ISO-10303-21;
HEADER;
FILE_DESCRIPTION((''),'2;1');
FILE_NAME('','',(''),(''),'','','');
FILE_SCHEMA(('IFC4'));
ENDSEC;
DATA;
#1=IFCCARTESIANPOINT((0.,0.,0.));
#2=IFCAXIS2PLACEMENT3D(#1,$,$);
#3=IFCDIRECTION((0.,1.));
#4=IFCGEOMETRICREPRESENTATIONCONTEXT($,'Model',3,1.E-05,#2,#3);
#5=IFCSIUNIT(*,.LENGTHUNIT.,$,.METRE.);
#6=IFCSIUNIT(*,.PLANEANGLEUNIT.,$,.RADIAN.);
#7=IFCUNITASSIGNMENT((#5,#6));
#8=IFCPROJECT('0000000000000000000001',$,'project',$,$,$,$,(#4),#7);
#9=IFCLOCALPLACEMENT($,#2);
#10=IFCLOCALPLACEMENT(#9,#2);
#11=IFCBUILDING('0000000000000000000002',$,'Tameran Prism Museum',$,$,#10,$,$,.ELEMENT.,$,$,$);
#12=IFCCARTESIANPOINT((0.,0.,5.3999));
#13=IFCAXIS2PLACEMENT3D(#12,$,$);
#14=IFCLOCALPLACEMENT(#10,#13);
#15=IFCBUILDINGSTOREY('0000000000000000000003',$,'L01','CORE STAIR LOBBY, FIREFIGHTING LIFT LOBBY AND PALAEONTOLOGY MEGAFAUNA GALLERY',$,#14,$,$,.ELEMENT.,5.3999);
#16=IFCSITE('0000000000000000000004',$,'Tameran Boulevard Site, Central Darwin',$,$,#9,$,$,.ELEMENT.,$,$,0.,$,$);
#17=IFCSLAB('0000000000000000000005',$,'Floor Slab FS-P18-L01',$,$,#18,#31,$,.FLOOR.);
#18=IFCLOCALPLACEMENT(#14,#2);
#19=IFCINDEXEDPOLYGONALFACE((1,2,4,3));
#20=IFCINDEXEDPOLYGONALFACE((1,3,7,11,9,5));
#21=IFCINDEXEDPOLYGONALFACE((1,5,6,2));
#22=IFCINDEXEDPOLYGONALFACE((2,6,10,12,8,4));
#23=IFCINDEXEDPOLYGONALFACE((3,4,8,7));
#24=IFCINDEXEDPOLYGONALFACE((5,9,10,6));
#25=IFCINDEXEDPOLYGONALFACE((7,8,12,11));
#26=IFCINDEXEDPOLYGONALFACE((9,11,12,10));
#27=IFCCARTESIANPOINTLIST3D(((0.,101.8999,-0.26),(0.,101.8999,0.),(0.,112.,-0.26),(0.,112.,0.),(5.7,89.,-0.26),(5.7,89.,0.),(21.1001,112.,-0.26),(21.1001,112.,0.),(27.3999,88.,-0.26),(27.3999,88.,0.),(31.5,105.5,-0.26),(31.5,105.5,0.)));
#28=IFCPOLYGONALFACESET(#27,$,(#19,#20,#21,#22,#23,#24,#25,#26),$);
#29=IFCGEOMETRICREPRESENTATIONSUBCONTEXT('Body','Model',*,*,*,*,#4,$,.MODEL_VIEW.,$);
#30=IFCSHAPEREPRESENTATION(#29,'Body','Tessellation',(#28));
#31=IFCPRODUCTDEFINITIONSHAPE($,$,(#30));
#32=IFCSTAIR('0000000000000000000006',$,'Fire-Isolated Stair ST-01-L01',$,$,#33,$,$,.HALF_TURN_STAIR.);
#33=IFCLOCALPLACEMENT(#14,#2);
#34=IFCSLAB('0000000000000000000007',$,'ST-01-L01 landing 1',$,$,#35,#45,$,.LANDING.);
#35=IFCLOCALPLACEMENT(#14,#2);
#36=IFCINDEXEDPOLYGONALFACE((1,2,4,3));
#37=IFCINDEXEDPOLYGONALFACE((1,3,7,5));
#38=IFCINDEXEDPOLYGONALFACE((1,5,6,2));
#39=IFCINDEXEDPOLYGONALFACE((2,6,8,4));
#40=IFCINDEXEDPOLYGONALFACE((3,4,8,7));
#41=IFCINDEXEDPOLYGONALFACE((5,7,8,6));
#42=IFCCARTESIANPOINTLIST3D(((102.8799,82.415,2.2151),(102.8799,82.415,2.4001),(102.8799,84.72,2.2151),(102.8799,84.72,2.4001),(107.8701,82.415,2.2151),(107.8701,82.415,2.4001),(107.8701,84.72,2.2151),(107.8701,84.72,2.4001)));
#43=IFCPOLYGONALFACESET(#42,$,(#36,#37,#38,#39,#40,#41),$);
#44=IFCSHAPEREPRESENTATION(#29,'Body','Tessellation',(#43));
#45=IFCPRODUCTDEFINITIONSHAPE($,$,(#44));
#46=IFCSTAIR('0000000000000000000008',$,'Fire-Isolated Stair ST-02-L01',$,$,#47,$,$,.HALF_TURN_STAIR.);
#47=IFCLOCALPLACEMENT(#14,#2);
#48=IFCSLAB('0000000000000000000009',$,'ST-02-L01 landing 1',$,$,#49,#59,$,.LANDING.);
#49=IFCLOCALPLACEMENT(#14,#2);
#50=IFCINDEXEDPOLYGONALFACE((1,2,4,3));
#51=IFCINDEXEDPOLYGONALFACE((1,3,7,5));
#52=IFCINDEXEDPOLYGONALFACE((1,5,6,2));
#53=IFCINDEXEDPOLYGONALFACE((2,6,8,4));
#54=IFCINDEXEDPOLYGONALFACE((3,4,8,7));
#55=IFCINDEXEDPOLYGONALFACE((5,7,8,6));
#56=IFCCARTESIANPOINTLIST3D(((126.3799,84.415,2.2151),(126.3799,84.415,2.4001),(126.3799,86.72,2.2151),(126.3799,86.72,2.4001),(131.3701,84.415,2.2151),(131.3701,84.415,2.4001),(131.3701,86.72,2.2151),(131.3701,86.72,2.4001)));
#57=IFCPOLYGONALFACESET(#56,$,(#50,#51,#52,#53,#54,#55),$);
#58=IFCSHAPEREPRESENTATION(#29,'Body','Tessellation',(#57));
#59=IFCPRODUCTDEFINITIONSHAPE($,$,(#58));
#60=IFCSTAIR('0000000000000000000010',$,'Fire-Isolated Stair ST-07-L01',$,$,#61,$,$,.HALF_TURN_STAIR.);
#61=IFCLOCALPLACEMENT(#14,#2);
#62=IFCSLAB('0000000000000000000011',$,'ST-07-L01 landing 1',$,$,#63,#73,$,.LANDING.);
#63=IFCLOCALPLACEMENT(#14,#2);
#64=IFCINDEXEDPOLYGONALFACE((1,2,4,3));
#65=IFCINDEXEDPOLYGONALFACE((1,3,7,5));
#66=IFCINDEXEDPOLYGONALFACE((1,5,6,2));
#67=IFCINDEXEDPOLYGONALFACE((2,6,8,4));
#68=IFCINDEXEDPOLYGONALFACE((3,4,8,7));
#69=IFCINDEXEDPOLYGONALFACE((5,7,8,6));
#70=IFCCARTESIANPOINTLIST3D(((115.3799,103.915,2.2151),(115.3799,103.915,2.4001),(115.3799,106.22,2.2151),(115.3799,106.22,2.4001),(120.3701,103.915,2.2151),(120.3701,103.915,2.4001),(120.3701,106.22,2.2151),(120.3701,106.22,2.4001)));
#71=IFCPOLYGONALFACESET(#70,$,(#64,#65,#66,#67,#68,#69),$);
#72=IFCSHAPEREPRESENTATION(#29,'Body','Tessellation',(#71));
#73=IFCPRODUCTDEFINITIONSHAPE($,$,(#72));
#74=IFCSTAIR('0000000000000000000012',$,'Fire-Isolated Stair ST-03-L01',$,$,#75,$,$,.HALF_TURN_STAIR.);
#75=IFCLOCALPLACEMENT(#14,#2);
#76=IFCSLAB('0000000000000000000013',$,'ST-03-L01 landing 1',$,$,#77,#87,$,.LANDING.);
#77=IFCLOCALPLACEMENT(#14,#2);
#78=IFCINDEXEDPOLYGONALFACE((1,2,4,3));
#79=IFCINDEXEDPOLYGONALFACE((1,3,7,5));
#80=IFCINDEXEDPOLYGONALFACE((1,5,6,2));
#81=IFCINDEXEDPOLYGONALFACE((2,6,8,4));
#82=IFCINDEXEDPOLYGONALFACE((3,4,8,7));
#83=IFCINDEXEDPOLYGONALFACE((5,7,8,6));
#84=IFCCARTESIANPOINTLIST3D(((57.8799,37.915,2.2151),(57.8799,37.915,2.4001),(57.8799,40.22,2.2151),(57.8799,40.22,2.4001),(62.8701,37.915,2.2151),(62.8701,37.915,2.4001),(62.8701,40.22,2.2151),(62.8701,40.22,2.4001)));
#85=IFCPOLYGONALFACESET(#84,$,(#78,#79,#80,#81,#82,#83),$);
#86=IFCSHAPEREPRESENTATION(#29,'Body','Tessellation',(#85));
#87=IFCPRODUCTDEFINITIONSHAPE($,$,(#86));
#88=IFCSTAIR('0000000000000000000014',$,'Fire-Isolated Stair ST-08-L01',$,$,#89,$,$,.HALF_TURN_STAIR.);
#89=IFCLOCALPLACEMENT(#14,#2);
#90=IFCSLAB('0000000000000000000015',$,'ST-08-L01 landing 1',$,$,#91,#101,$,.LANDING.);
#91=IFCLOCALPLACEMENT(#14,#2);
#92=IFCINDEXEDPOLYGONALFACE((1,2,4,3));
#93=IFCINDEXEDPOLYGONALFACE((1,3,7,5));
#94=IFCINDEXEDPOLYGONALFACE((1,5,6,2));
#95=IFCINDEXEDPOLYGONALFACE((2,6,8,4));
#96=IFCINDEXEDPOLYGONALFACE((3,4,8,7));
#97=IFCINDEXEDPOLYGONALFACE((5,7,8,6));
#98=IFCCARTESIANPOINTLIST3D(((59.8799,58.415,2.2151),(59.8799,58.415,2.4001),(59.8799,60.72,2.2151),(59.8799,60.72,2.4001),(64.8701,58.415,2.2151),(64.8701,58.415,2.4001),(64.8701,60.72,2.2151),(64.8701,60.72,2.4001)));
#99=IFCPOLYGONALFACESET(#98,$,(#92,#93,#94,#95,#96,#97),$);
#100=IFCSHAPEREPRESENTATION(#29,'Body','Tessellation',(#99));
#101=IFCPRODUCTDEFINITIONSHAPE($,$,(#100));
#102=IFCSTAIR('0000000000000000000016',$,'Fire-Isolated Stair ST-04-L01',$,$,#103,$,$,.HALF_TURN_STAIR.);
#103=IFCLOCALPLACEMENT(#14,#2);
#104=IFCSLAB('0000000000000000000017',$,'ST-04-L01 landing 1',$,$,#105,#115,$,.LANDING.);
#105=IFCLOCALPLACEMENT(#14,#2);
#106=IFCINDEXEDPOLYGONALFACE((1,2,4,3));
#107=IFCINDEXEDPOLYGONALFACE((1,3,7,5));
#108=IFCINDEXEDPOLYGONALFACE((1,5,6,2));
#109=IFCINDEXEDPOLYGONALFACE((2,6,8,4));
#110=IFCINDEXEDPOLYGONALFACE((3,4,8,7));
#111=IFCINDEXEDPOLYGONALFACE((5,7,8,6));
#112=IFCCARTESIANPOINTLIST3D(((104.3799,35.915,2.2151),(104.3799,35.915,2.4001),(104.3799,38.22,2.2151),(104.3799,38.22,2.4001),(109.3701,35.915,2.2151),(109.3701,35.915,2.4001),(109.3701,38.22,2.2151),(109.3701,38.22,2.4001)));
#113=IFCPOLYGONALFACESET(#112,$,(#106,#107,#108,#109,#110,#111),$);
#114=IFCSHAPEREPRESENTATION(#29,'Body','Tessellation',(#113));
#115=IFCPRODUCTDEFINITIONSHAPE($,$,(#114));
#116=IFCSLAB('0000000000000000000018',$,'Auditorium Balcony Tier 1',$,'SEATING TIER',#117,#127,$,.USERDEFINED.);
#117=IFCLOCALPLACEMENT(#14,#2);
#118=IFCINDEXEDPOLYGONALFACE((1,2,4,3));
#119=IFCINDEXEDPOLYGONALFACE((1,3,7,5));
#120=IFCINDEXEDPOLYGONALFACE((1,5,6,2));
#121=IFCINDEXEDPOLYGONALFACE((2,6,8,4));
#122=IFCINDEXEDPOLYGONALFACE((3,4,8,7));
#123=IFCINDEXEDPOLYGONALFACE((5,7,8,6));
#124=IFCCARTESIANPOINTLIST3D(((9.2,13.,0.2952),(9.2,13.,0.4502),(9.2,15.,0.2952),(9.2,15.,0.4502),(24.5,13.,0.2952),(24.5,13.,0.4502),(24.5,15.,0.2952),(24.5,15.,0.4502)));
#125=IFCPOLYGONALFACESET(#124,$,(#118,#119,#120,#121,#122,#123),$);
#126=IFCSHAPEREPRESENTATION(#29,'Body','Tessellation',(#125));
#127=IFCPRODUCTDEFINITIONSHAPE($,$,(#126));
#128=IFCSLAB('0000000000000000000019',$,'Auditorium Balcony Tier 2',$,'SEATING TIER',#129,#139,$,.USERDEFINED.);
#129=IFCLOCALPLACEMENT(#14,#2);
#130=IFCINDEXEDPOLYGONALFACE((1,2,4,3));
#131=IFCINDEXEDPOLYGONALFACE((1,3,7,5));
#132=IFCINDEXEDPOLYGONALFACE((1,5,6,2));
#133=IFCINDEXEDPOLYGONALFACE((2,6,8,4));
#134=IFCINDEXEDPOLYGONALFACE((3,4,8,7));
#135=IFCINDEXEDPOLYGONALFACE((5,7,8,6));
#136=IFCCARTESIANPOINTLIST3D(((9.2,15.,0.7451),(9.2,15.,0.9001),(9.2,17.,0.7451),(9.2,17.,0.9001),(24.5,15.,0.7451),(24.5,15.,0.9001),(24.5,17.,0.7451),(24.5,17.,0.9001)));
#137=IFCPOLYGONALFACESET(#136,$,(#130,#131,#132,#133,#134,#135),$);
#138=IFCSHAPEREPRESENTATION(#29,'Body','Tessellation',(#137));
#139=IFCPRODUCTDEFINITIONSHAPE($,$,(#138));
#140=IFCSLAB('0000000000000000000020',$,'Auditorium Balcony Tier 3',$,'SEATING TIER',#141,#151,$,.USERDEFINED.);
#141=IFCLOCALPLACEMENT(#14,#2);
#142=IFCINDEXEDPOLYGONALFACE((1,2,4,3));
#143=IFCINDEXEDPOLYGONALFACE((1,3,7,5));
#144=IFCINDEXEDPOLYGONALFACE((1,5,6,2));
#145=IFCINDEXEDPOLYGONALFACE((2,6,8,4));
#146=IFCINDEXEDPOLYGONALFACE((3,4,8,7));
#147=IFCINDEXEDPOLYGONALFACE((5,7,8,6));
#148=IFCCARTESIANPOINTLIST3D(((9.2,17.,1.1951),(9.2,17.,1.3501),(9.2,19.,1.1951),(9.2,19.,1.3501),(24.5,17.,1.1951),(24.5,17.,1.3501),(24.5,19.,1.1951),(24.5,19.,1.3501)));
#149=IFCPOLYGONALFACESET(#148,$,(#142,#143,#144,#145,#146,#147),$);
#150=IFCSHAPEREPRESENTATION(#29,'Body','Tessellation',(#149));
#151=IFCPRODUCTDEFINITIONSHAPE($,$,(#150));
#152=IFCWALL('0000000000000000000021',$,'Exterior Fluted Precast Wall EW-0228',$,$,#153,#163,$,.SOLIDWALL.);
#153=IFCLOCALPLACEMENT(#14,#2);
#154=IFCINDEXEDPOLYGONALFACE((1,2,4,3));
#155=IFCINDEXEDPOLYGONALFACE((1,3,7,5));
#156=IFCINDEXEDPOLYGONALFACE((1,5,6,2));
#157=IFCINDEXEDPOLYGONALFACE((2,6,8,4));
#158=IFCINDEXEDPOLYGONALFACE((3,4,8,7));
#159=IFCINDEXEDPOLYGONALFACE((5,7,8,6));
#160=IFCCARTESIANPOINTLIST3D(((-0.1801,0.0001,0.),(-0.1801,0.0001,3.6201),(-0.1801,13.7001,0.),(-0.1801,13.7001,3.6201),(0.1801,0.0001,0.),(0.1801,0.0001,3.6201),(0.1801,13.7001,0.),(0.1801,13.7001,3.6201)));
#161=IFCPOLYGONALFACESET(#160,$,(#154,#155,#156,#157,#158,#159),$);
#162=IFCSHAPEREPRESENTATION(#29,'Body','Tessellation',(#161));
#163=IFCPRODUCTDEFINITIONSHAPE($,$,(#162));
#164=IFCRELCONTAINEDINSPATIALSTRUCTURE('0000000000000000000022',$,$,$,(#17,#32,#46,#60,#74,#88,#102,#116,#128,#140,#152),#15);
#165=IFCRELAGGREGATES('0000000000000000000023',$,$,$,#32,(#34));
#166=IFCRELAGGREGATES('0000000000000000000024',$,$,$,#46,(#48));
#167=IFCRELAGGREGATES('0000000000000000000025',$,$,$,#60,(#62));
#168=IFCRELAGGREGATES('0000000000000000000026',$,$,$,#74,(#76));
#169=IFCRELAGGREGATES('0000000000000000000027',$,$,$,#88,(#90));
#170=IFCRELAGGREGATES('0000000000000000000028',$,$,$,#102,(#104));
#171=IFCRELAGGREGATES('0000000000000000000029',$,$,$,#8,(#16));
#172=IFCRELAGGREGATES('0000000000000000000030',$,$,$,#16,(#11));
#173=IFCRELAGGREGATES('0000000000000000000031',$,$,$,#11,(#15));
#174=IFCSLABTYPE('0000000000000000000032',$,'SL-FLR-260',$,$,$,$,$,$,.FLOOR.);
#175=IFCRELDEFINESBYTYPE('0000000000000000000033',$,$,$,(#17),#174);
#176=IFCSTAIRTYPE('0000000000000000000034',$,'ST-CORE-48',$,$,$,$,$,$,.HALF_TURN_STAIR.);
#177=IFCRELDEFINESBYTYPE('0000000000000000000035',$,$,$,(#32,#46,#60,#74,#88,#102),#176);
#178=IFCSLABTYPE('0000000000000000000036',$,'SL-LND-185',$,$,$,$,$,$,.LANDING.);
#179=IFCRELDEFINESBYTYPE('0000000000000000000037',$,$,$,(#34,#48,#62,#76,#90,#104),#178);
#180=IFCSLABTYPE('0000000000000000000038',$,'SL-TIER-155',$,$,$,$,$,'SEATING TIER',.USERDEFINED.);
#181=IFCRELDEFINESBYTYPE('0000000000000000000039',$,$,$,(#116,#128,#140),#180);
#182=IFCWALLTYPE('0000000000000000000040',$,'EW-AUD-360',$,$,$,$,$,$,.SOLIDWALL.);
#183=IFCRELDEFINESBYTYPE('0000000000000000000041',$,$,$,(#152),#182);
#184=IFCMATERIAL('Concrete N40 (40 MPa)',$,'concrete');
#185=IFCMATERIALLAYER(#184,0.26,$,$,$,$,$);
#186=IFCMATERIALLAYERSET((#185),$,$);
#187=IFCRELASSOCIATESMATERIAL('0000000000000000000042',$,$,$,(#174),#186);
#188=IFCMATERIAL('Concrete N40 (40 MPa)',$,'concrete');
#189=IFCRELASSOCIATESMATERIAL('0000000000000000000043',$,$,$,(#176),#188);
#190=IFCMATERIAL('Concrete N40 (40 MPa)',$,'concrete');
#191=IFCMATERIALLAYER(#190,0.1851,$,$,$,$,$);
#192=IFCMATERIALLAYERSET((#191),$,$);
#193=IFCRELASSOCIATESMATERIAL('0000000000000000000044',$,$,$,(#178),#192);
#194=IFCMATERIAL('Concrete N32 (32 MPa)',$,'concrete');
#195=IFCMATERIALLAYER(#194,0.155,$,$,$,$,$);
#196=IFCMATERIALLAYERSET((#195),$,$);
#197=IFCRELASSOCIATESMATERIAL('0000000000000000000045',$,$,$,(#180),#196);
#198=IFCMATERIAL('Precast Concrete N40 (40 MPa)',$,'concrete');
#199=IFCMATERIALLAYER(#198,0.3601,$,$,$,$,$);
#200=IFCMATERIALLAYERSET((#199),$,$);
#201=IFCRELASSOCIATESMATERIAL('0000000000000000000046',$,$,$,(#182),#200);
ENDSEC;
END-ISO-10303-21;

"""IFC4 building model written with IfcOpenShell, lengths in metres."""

from ifc_helpers import new_model, si_unit, direction, frame, frame_2d, origin, place, context, subcontext, project, spatial, polyline, rectangle, outline, extrude, material, layer, layer_set, type_object, element, aggregate, save


model = new_model("IFC4")

# Units and contexts
model_context = context("Model", 3, precision=1e-05, world=origin(), true_north=direction((0.0, 1.0)))
body_context = subcontext(model_context, "Body", "Model", "MODEL_VIEW")
ifc_project = project(units=[si_unit("LENGTHUNIT", "METRE"), si_unit("PLANEANGLEUNIT", "RADIAN")], contexts=[model_context])

# Site, building, storey
site_placement = place(None, origin())
site = spatial("IfcSite", under=ifc_project, at=site_placement, Name="Tameran Boulevard Site, Central Darwin", CompositionType="ELEMENT", RefElevation=0.0)
building_placement = place(site_placement, origin())
building = spatial("IfcBuilding", under=site, at=building_placement, Name="Tameran Prism Museum", CompositionType="ELEMENT")
storey_placement = place(building_placement, frame((0.0, 0.0, 5.3999)))
storey = spatial("IfcBuildingStorey", under=building, at=storey_placement, Name="L01", Description="CORE STAIR LOBBY, FIREFIGHTING LIFT LOBBY AND PALAEONTOLOGY MEGAFAUNA GALLERY", CompositionType="ELEMENT", Elevation=5.3999)

# Slab
ifc_material_1 = material(Name="Concrete N40 (40 MPa)", Category="concrete")
ifc_layer_1 = layer(ifc_material_1, 0.26)
ifc_layer_set_1 = layer_set([ifc_layer_1])
slab_type_1 = type_object("IfcSlabType", Name="SL-FLR-260", PredefinedType="FLOOR", material=ifc_layer_set_1)
slab_1_placement = place(storey_placement, frame((0.0, 0.0, -0.26)))
element("IfcSlab", 1, at=slab_1_placement, inside=storey, type_object=slab_type_1, Name="Floor Slab FS-P18-L01", PredefinedType="FLOOR", context=body_context, shape_type="SweptSolid", body=[
    extrude(outline(polyline([(5.7, 89.0), (27.3999, 88.0), (31.5, 105.5), (21.1001, 112.0), (0.0, 112.0), (0.0, 101.8999), (5.7, 89.0)])), origin(), (0.0, 0.0, 1.0), 0.26),
])

# Stairs, slabs
ifc_material_2 = material(Name="Concrete N40 (40 MPa)", Category="concrete")
stair_type = type_object("IfcStairType", Name="ST-CORE-48", PredefinedType="HALF_TURN_STAIR", material=ifc_material_2)
stair_1_placement = place(storey_placement, origin())
stair_1 = element("IfcStair", 2, at=stair_1_placement, inside=storey, type_object=stair_type, Name="Fire-Isolated Stair ST-01-L01", PredefinedType="HALF_TURN_STAIR")
ifc_material_3 = material(Name="Concrete N40 (40 MPa)", Category="concrete")
ifc_layer_2 = layer(ifc_material_3, 0.1851)
ifc_layer_set_2 = layer_set([ifc_layer_2])
slab_type_2 = type_object("IfcSlabType", Name="SL-LND-185", PredefinedType="LANDING", material=ifc_layer_set_2)
slab_2_placement = place(storey_placement, frame((0.0, 0.0, 2.2151)))
slab_2 = element("IfcSlab", 3, at=slab_2_placement, type_object=slab_type_2, Name="ST-01-L01 landing 1", PredefinedType="LANDING", context=body_context, shape_type="SweptSolid", body=[
    extrude(outline(polyline([(102.8799, 82.415), (107.8701, 82.415), (107.8701, 84.72), (102.8799, 84.72), (102.8799, 82.415)])), origin(), (0.0, 0.0, 1.0), 0.1851),
])
aggregate(stair_1, [slab_2])
stair_2_placement = place(storey_placement, origin())
stair_2 = element("IfcStair", 4, at=stair_2_placement, inside=storey, type_object=stair_type, Name="Fire-Isolated Stair ST-02-L01", PredefinedType="HALF_TURN_STAIR")
slab_3_placement = place(storey_placement, frame((0.0, 0.0, 2.2151)))
slab_3 = element("IfcSlab", 5, at=slab_3_placement, type_object=slab_type_2, Name="ST-02-L01 landing 1", PredefinedType="LANDING", context=body_context, shape_type="SweptSolid", body=[
    extrude(outline(polyline([(126.3799, 84.415), (131.3701, 84.415), (131.3701, 86.72), (126.3799, 86.72), (126.3799, 84.415)])), origin(), (0.0, 0.0, 1.0), 0.1851),
])
aggregate(stair_2, [slab_3])
stair_3_placement = place(storey_placement, origin())
stair_3 = element("IfcStair", 6, at=stair_3_placement, inside=storey, type_object=stair_type, Name="Fire-Isolated Stair ST-07-L01", PredefinedType="HALF_TURN_STAIR")
slab_4_placement = place(storey_placement, frame((0.0, 0.0, 2.2151)))
slab_4 = element("IfcSlab", 7, at=slab_4_placement, type_object=slab_type_2, Name="ST-07-L01 landing 1", PredefinedType="LANDING", context=body_context, shape_type="SweptSolid", body=[
    extrude(outline(polyline([(115.3799, 103.915), (120.3701, 103.915), (120.3701, 106.22), (115.3799, 106.22), (115.3799, 103.915)])), origin(), (0.0, 0.0, 1.0), 0.1851),
])
aggregate(stair_3, [slab_4])
stair_4_placement = place(storey_placement, origin())
stair_4 = element("IfcStair", 8, at=stair_4_placement, inside=storey, type_object=stair_type, Name="Fire-Isolated Stair ST-03-L01", PredefinedType="HALF_TURN_STAIR")
slab_5_placement = place(storey_placement, frame((0.0, 0.0, 2.2151)))
slab_5 = element("IfcSlab", 9, at=slab_5_placement, type_object=slab_type_2, Name="ST-03-L01 landing 1", PredefinedType="LANDING", context=body_context, shape_type="SweptSolid", body=[
    extrude(outline(polyline([(57.8799, 37.915), (62.8701, 37.915), (62.8701, 40.22), (57.8799, 40.22), (57.8799, 37.915)])), origin(), (0.0, 0.0, 1.0), 0.1851),
])
aggregate(stair_4, [slab_5])
stair_5_placement = place(storey_placement, origin())
stair_5 = element("IfcStair", 10, at=stair_5_placement, inside=storey, type_object=stair_type, Name="Fire-Isolated Stair ST-08-L01", PredefinedType="HALF_TURN_STAIR")
slab_6_placement = place(storey_placement, frame((0.0, 0.0, 2.2151)))
slab_6 = element("IfcSlab", 11, at=slab_6_placement, type_object=slab_type_2, Name="ST-08-L01 landing 1", PredefinedType="LANDING", context=body_context, shape_type="SweptSolid", body=[
    extrude(outline(polyline([(59.8799, 58.415), (64.8701, 58.415), (64.8701, 60.72), (59.8799, 60.72), (59.8799, 58.415)])), origin(), (0.0, 0.0, 1.0), 0.1851),
])
aggregate(stair_5, [slab_6])
stair_6_placement = place(storey_placement, origin())
stair_6 = element("IfcStair", 12, at=stair_6_placement, inside=storey, type_object=stair_type, Name="Fire-Isolated Stair ST-04-L01", PredefinedType="HALF_TURN_STAIR")
slab_7_placement = place(storey_placement, frame((0.0, 0.0, 2.2151)))
slab_7 = element("IfcSlab", 13, at=slab_7_placement, type_object=slab_type_2, Name="ST-04-L01 landing 1", PredefinedType="LANDING", context=body_context, shape_type="SweptSolid", body=[
    extrude(outline(polyline([(104.3799, 35.915), (109.3701, 35.915), (109.3701, 38.22), (104.3799, 38.22), (104.3799, 35.915)])), origin(), (0.0, 0.0, 1.0), 0.1851),
])
aggregate(stair_6, [slab_7])

# Slabs
ifc_material_4 = material(Name="Concrete N32 (32 MPa)", Category="concrete")
ifc_layer_3 = layer(ifc_material_4, 0.155)
ifc_layer_set_3 = layer_set([ifc_layer_3])
slab_type_3 = type_object("IfcSlabType", Name="SL-TIER-155", ElementType="SEATING TIER", PredefinedType="USERDEFINED", material=ifc_layer_set_3)
slab_8_placement = place(storey_placement, frame((0.0, 0.0, 0.2952)))
element("IfcSlab", 14, at=slab_8_placement, inside=storey, type_object=slab_type_3, Name="Auditorium Balcony Tier 1", ObjectType="SEATING TIER", PredefinedType="USERDEFINED", context=body_context, shape_type="SweptSolid", body=[
    extrude(outline(polyline([(9.2, 13.0), (24.5, 13.0), (24.5, 15.0), (9.2, 15.0), (9.2, 13.0)])), origin(), (0.0, 0.0, 1.0), 0.155),
])
slab_9_placement = place(storey_placement, frame((0.0, 0.0, 0.7451)))
element("IfcSlab", 15, at=slab_9_placement, inside=storey, type_object=slab_type_3, Name="Auditorium Balcony Tier 2", ObjectType="SEATING TIER", PredefinedType="USERDEFINED", context=body_context, shape_type="SweptSolid", body=[
    extrude(outline(polyline([(9.2, 15.0), (24.5, 15.0), (24.5, 17.0), (9.2, 17.0), (9.2, 15.0)])), origin(), (0.0, 0.0, 1.0), 0.155),
])
slab_10_placement = place(storey_placement, frame((0.0, 0.0, 1.1951)))
element("IfcSlab", 16, at=slab_10_placement, inside=storey, type_object=slab_type_3, Name="Auditorium Balcony Tier 3", ObjectType="SEATING TIER", PredefinedType="USERDEFINED", context=body_context, shape_type="SweptSolid", body=[
    extrude(outline(polyline([(9.2, 17.0), (24.5, 17.0), (24.5, 19.0), (9.2, 19.0), (9.2, 17.0)])), origin(), (0.0, 0.0, 1.0), 0.155),
])

# Wall
ifc_material_5 = material(Name="Precast Concrete N40 (40 MPa)", Category="concrete")
ifc_layer_4 = layer(ifc_material_5, 0.3601)
ifc_layer_set_4 = layer_set([ifc_layer_4])
wall_type = type_object("IfcWallType", Name="EW-AUD-360", PredefinedType="SOLIDWALL", material=ifc_layer_set_4)
wall_placement = place(storey_placement, frame((0.0, 0.0, 0.0), z_axis=(0.0, 0.0, 1.0), x_axis=(0.0, 1.0, 0.0)))
element("IfcWall", 17, at=wall_placement, inside=storey, type_object=wall_type, Name="Exterior Fluted Precast Wall EW-0228", PredefinedType="SOLIDWALL", context=body_context, shape_type="SweptSolid", body=[
    extrude(rectangle(XDim=13.7, YDim=0.3601, at=frame_2d((6.8501, 0.0))), origin(), (0.0, 0.0, 1.0), 3.6201),
])

save(model, "model.ifc")
